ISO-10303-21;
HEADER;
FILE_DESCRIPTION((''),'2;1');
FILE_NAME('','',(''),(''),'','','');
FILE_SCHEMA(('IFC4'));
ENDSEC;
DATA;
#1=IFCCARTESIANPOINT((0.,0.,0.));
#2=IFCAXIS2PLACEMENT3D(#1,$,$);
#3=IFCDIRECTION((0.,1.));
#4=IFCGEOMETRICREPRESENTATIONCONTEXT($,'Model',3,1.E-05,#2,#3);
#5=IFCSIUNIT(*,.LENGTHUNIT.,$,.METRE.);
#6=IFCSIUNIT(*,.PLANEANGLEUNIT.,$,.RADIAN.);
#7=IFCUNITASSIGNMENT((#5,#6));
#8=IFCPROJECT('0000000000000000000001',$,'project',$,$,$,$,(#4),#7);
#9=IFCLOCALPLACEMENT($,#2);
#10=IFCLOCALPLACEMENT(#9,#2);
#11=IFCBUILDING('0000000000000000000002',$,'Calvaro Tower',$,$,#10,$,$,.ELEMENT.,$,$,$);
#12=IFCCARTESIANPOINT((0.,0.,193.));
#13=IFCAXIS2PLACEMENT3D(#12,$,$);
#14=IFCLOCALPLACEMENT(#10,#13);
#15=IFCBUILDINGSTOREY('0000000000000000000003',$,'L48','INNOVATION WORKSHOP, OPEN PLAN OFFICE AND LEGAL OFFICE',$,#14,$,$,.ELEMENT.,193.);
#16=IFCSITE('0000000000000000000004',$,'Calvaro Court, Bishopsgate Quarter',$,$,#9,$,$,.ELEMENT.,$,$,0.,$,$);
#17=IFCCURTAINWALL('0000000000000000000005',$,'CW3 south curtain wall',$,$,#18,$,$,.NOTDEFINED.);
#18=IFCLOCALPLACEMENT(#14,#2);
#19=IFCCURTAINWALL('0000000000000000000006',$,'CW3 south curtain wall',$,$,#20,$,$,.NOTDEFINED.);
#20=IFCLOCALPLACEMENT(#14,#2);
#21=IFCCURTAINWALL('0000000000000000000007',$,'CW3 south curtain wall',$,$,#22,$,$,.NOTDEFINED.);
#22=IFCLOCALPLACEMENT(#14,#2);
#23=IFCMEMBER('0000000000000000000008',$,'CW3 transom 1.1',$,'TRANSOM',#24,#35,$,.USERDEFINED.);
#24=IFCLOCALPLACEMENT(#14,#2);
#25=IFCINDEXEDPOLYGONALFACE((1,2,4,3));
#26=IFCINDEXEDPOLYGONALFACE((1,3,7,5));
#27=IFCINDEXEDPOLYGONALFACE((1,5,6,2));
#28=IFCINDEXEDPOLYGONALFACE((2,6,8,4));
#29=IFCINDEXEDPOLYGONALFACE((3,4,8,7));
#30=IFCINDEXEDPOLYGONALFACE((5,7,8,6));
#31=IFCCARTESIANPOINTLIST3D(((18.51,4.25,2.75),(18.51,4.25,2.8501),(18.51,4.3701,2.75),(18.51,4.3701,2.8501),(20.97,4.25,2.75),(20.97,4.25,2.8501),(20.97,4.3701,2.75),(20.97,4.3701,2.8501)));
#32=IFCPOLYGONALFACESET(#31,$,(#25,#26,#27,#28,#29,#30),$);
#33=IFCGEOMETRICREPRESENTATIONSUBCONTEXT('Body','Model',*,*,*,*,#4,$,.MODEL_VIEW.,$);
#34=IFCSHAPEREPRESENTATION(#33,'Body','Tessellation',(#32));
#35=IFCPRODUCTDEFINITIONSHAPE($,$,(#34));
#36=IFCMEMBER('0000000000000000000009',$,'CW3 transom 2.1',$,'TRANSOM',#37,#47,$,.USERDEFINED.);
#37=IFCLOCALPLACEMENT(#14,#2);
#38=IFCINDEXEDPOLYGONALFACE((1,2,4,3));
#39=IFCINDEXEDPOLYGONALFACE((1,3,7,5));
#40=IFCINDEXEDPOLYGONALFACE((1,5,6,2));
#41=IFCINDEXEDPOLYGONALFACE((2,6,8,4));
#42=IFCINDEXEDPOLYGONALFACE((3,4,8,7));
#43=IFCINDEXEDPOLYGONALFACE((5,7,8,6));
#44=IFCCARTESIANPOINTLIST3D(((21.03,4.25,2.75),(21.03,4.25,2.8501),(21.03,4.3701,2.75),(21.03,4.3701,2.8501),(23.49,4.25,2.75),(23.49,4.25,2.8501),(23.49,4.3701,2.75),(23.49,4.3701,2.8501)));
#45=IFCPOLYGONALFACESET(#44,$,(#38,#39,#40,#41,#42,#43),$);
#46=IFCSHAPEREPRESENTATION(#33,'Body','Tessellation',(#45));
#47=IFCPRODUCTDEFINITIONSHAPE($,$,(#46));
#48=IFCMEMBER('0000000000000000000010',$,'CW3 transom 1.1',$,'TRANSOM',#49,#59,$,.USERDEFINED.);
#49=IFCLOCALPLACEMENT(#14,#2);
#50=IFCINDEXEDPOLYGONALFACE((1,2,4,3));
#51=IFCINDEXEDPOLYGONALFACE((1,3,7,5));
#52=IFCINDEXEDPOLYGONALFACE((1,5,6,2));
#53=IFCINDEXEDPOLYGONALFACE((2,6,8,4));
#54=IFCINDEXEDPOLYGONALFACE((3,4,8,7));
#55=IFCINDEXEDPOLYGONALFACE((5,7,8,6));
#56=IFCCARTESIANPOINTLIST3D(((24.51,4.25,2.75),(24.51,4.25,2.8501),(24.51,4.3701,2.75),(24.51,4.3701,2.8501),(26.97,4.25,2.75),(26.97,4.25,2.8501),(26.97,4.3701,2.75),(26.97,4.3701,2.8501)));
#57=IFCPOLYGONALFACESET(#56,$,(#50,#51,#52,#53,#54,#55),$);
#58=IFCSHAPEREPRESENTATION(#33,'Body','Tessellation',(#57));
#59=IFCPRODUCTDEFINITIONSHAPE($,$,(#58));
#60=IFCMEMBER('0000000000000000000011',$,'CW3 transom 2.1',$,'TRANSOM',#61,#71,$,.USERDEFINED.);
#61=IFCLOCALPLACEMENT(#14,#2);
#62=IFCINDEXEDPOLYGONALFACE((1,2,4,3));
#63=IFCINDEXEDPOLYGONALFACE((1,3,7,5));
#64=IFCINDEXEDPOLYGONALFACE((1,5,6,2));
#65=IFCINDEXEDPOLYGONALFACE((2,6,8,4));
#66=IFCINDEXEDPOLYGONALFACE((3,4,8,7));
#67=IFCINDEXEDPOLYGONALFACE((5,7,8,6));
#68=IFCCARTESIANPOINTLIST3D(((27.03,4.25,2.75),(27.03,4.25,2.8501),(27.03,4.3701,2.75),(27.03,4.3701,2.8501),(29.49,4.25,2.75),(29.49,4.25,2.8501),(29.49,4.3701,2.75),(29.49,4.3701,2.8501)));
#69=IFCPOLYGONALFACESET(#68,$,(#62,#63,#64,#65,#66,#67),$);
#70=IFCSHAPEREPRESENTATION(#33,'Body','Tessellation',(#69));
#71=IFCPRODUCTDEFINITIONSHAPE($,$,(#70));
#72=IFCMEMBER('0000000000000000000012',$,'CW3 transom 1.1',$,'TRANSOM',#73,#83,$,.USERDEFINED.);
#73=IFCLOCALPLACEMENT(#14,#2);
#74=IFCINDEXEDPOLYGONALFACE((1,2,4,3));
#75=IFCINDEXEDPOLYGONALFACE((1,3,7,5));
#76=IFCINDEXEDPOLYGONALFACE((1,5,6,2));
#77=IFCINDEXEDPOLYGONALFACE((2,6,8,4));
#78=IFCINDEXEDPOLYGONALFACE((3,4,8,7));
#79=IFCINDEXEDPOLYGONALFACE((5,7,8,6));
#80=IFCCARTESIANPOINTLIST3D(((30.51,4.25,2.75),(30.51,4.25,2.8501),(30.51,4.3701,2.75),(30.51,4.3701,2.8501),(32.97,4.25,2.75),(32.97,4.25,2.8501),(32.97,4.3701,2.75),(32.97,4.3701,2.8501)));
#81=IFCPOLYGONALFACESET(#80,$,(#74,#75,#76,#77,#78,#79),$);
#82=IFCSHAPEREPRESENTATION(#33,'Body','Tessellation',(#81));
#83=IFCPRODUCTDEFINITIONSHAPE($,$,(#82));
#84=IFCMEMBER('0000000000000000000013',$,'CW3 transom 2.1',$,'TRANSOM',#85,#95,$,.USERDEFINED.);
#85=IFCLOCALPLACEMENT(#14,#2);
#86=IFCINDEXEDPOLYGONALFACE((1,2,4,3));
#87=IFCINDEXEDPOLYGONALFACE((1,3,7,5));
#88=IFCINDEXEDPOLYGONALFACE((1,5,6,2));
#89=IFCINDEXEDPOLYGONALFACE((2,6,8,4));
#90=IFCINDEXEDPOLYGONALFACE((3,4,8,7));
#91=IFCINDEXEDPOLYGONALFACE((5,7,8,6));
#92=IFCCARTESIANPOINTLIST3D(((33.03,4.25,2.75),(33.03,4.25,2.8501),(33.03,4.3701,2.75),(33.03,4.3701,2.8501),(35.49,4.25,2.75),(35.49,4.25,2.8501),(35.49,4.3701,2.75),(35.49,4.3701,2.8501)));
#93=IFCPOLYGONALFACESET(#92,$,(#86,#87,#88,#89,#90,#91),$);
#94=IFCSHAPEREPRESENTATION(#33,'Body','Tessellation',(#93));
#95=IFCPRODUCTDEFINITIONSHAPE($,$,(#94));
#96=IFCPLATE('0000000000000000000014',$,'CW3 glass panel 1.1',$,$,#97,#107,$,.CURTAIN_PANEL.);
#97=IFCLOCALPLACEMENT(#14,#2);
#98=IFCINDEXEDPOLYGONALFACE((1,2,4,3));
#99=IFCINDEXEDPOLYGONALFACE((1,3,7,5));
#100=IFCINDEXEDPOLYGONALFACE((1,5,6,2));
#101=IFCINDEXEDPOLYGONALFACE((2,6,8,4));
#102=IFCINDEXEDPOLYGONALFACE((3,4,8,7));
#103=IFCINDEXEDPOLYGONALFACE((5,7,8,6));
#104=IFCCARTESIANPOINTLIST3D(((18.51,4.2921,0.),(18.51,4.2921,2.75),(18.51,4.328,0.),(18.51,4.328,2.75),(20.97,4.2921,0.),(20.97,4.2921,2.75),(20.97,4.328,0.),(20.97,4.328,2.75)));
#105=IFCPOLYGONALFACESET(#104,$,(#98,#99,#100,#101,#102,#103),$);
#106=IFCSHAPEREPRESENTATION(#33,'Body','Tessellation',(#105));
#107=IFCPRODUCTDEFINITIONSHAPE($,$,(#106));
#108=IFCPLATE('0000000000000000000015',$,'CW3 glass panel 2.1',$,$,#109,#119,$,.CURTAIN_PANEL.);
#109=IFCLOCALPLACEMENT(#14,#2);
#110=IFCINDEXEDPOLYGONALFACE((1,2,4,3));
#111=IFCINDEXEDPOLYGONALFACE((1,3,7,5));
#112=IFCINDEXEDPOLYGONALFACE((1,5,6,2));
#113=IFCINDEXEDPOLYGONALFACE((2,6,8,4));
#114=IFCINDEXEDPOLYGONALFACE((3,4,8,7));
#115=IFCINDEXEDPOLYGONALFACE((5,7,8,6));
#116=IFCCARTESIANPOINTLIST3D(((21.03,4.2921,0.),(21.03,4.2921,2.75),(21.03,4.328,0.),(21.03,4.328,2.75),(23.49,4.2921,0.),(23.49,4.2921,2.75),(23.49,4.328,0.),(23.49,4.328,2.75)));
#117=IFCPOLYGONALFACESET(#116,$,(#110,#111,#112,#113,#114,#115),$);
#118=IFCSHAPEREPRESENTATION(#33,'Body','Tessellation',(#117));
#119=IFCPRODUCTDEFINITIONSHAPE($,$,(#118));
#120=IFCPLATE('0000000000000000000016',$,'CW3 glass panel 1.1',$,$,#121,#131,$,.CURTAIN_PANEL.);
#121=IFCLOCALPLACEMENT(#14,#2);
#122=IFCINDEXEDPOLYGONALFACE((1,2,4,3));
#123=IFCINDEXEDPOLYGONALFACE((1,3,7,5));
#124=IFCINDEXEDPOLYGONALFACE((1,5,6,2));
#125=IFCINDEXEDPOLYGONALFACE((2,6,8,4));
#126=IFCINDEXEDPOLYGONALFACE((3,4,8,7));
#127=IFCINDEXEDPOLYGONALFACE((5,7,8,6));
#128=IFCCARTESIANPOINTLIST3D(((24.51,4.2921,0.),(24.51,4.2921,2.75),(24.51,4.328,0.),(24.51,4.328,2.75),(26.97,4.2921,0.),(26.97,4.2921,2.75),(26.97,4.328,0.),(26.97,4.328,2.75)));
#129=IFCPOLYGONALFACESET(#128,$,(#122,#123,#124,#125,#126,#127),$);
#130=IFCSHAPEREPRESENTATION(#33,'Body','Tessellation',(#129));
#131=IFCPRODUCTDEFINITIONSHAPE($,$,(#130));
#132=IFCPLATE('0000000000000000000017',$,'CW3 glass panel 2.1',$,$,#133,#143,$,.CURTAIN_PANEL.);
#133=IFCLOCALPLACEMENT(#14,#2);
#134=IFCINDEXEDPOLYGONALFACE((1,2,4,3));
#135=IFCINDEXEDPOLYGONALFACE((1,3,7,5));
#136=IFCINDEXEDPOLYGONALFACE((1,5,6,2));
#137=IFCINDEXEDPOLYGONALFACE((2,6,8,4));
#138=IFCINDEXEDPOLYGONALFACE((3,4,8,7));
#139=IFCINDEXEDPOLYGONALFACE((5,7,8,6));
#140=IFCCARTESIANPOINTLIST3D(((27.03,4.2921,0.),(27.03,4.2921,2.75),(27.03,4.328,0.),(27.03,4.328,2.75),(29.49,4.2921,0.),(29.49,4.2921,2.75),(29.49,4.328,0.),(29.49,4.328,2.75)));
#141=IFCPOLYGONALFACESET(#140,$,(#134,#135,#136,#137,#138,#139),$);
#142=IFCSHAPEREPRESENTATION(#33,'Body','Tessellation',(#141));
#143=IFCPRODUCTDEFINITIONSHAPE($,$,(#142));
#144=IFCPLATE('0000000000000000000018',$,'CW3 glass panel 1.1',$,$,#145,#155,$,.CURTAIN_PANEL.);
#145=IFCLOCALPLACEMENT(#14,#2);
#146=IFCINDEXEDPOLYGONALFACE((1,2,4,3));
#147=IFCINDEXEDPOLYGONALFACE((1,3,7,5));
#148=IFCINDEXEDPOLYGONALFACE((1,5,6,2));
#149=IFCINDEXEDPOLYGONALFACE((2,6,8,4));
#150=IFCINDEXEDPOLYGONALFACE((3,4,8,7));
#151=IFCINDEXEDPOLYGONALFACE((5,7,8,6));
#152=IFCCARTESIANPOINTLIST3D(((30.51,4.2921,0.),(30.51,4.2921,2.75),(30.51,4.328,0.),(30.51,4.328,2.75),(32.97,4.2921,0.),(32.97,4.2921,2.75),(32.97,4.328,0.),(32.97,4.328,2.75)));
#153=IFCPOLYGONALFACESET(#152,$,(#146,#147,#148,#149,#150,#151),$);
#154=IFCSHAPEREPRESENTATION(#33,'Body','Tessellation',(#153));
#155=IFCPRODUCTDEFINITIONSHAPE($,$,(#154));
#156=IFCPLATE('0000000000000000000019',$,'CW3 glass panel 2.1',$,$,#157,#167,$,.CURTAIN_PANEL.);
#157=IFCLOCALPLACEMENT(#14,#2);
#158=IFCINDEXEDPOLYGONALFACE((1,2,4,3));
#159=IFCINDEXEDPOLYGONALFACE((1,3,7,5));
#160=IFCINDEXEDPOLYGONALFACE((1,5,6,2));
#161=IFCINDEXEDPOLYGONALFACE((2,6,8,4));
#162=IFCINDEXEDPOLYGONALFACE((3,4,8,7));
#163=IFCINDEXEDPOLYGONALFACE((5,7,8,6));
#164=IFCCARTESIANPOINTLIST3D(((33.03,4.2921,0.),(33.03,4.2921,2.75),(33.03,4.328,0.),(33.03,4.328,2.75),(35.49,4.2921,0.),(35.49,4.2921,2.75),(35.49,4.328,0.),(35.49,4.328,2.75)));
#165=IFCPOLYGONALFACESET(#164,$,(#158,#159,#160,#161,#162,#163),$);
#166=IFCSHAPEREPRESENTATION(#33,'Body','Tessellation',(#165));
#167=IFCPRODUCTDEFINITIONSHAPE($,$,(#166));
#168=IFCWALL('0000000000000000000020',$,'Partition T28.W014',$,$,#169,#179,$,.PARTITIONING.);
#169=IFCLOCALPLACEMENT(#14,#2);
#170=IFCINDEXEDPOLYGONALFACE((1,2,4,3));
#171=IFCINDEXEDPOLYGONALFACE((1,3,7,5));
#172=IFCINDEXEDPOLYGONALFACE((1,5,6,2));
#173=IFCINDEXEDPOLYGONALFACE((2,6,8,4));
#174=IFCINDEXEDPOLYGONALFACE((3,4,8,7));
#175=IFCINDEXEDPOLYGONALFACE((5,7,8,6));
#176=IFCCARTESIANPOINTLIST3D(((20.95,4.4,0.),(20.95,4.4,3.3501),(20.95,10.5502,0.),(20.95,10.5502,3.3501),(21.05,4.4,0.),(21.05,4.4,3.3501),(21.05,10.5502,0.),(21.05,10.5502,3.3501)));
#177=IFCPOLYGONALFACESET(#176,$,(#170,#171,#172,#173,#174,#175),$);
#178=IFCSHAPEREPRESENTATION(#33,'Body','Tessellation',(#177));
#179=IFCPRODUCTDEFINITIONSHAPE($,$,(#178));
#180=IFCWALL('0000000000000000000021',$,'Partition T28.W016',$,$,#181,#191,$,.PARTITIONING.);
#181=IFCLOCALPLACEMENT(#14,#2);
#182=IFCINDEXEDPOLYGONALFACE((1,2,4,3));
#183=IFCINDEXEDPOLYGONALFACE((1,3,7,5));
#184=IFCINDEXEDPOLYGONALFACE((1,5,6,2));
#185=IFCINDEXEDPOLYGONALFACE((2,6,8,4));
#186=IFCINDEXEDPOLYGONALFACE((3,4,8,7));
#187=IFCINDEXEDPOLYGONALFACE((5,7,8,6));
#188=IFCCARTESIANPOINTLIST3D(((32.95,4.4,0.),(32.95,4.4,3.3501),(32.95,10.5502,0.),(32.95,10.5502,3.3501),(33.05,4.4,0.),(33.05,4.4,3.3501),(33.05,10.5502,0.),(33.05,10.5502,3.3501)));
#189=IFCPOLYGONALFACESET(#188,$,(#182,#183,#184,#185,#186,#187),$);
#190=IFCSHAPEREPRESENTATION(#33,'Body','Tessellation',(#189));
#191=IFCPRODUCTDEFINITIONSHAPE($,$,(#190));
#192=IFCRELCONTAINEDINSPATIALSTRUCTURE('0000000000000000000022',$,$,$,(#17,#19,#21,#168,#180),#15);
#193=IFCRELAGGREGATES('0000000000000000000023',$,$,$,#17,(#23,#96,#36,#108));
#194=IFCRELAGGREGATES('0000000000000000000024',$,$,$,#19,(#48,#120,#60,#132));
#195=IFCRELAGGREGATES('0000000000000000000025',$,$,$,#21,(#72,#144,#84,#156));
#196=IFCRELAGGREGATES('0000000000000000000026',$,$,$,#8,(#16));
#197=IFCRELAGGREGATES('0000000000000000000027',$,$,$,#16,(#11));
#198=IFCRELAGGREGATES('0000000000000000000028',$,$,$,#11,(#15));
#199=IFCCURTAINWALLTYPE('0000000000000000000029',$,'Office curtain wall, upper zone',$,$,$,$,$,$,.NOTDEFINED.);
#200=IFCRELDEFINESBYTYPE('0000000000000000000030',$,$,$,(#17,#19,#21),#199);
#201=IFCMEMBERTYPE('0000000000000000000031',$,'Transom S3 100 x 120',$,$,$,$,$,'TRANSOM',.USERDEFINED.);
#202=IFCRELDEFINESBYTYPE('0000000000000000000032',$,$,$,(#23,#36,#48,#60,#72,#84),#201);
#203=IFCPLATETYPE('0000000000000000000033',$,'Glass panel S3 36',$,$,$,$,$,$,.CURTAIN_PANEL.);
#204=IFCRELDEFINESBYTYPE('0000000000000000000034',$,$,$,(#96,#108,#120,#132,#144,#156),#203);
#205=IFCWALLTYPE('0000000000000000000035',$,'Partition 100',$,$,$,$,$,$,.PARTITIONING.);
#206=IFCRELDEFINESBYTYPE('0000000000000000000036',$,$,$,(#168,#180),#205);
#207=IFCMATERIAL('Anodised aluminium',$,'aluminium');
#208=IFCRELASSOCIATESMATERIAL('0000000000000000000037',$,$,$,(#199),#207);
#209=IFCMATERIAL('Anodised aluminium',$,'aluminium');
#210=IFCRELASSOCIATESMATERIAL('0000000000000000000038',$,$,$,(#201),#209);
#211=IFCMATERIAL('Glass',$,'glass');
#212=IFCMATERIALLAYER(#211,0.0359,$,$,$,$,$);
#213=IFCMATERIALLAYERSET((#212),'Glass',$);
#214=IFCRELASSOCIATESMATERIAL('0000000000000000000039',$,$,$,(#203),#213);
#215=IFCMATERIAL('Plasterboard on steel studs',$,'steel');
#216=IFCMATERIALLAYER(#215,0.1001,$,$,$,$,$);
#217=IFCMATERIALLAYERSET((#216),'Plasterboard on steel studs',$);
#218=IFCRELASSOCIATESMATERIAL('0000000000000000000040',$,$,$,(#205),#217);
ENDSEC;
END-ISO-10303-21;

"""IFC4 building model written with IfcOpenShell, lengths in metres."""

from ifc_helpers import new_model, si_unit, direction, frame, frame_2d, origin, origin_2d, place, context, subcontext, project, spatial, rectangle, extrude, material, layer, layer_set, material_profile, profile_set, type_object, element, aggregate, save


model = new_model("IFC4")

# Units and contexts
model_context = context("Model", 3, precision=1e-05, world=origin(), true_north=direction((0.0, 1.0)))
body_context = subcontext(model_context, "Body", "Model", "MODEL_VIEW")
ifc_project = project(units=[si_unit("LENGTHUNIT", "METRE"), si_unit("PLANEANGLEUNIT", "RADIAN")], contexts=[model_context])

# Site, building, storey
site_placement = place(None, origin())
site = spatial("IfcSite", under=ifc_project, at=site_placement, Name="Calvaro Court, Bishopsgate Quarter", CompositionType="ELEMENT", RefElevation=0.0)
building_placement = place(site_placement, origin())
building = spatial("IfcBuilding", under=site, at=building_placement, Name="Calvaro Tower", CompositionType="ELEMENT")
storey_placement = place(building_placement, frame((0.0, 0.0, 193.0)))
storey = spatial("IfcBuildingStorey", under=building, at=storey_placement, Name="L48", Description="INNOVATION WORKSHOP, OPEN PLAN OFFICE AND LEGAL OFFICE", CompositionType="ELEMENT", Elevation=193.0)

# Shared definitions
ifc_material_1 = material(Name="Anodised aluminium", Category="aluminium")
curtain_wall_type = type_object("IfcCurtainWallType", Name="Office curtain wall, upper zone", PredefinedType="NOTDEFINED", material=ifc_material_1)

# Curtain walls
curtain_wall_1_placement = place(storey_placement, origin())
curtain_wall_1 = element("IfcCurtainWall", 1, at=curtain_wall_1_placement, inside=storey, type_object=curtain_wall_type, Name="CW3 south curtain wall", PredefinedType="NOTDEFINED")
curtain_wall_2_placement = place(storey_placement, origin())
curtain_wall_2 = element("IfcCurtainWall", 2, at=curtain_wall_2_placement, inside=storey, type_object=curtain_wall_type, Name="CW3 south curtain wall", PredefinedType="NOTDEFINED")
curtain_wall_3_placement = place(storey_placement, origin())
curtain_wall_3 = element("IfcCurtainWall", 3, at=curtain_wall_3_placement, inside=storey, type_object=curtain_wall_type, Name="CW3 south curtain wall", PredefinedType="NOTDEFINED")

# Members
ifc_material_2 = material(Name="Anodised aluminium", Category="aluminium")
ifc_material_profile_1 = material_profile(ifc_material_2, rectangle(XDim=0.1201, YDim=0.1001, at=origin_2d()), Name="Transom S3 100 x 120")
ifc_profile_set_1 = profile_set([ifc_material_profile_1], Name="Anodised aluminium")
member_type_1 = type_object("IfcMemberType", Name="Transom S3 100 x 120", ElementType="TRANSOM", PredefinedType="USERDEFINED", material=ifc_profile_set_1)
member_1_placement = place(storey_placement, frame((18.51, 4.3101, 2.8), z_axis=(1.0, 0.0, 0.0), x_axis=(0.0, 1.0, 0.0)))
member_1 = element("IfcMember", 4, at=member_1_placement, type_object=member_type_1, Name="CW3 transom 1.1", ObjectType="TRANSOM", PredefinedType="USERDEFINED", context=body_context, shape_type="SweptSolid", body=[
    extrude(rectangle(XDim=0.1201, YDim=0.1001, at=origin_2d()), origin(), (0.0, 0.0, 1.0), 2.46),
])
member_2_placement = place(storey_placement, frame((21.03, 4.3101, 2.8), z_axis=(1.0, 0.0, 0.0), x_axis=(0.0, 1.0, 0.0)))
member_2 = element("IfcMember", 5, at=member_2_placement, type_object=member_type_1, Name="CW3 transom 2.1", ObjectType="TRANSOM", PredefinedType="USERDEFINED", context=body_context, shape_type="SweptSolid", body=[
    extrude(rectangle(XDim=0.1201, YDim=0.1001, at=origin_2d()), origin(), (0.0, 0.0, 1.0), 2.46),
])
member_3_placement = place(storey_placement, frame((24.51, 4.3101, 2.8), z_axis=(1.0, 0.0, 0.0), x_axis=(0.0, 1.0, 0.0)))
member_3 = element("IfcMember", 6, at=member_3_placement, type_object=member_type_1, Name="CW3 transom 1.1", ObjectType="TRANSOM", PredefinedType="USERDEFINED", context=body_context, shape_type="SweptSolid", body=[
    extrude(rectangle(XDim=0.1201, YDim=0.1001, at=origin_2d()), origin(), (0.0, 0.0, 1.0), 2.46),
])
member_4_placement = place(storey_placement, frame((27.03, 4.3101, 2.8), z_axis=(1.0, 0.0, 0.0), x_axis=(0.0, 1.0, 0.0)))
member_4 = element("IfcMember", 7, at=member_4_placement, type_object=member_type_1, Name="CW3 transom 2.1", ObjectType="TRANSOM", PredefinedType="USERDEFINED", context=body_context, shape_type="SweptSolid", body=[
    extrude(rectangle(XDim=0.1201, YDim=0.1001, at=origin_2d()), origin(), (0.0, 0.0, 1.0), 2.46),
])
member_5_placement = place(storey_placement, frame((30.51, 4.3101, 2.8), z_axis=(1.0, 0.0, 0.0), x_axis=(0.0, 1.0, 0.0)))
member_5 = element("IfcMember", 8, at=member_5_placement, type_object=member_type_1, Name="CW3 transom 1.1", ObjectType="TRANSOM", PredefinedType="USERDEFINED", context=body_context, shape_type="SweptSolid", body=[
    extrude(rectangle(XDim=0.1201, YDim=0.1001, at=origin_2d()), origin(), (0.0, 0.0, 1.0), 2.46),
])
member_6_placement = place(storey_placement, frame((33.03, 4.3101, 2.8), z_axis=(1.0, 0.0, 0.0), x_axis=(0.0, 1.0, 0.0)))
member_6 = element("IfcMember", 9, at=member_6_placement, type_object=member_type_1, Name="CW3 transom 2.1", ObjectType="TRANSOM", PredefinedType="USERDEFINED", context=body_context, shape_type="SweptSolid", body=[
    extrude(rectangle(XDim=0.1201, YDim=0.1001, at=origin_2d()), origin(), (0.0, 0.0, 1.0), 2.46),
])

# Plates
ifc_material_3 = material(Name="Glass", Category="glass")
ifc_layer_1 = layer(ifc_material_3, 0.0359)
ifc_layer_set_1 = layer_set([ifc_layer_1], Name="Glass")
plate_type = type_object("IfcPlateType", Name="Glass panel S3 36", PredefinedType="CURTAIN_PANEL", material=ifc_layer_set_1)
plate_1_placement = place(storey_placement, frame((19.74, 4.3101, 0.0), z_axis=(0.0, 0.0, 1.0), x_axis=(1.0, 0.0, 0.0)))
plate_1 = element("IfcPlate", 10, at=plate_1_placement, type_object=plate_type, Name="CW3 glass panel 1.1", PredefinedType="CURTAIN_PANEL", context=body_context, shape_type="SweptSolid", body=[
    extrude(rectangle(XDim=2.46, YDim=0.0359, at=origin_2d()), origin(), (0.0, 0.0, 1.0), 2.75),
])
plate_2_placement = place(storey_placement, frame((22.26, 4.3101, 0.0), z_axis=(0.0, 0.0, 1.0), x_axis=(1.0, 0.0, 0.0)))
plate_2 = element("IfcPlate", 11, at=plate_2_placement, type_object=plate_type, Name="CW3 glass panel 2.1", PredefinedType="CURTAIN_PANEL", context=body_context, shape_type="SweptSolid", body=[
    extrude(rectangle(XDim=2.46, YDim=0.0359, at=origin_2d()), origin(), (0.0, 0.0, 1.0), 2.75),
])
aggregate(curtain_wall_1, [member_1, plate_1, member_2, plate_2])
plate_3_placement = place(storey_placement, frame((25.74, 4.3101, 0.0), z_axis=(0.0, 0.0, 1.0), x_axis=(1.0, 0.0, 0.0)))
plate_3 = element("IfcPlate", 12, at=plate_3_placement, type_object=plate_type, Name="CW3 glass panel 1.1", PredefinedType="CURTAIN_PANEL", context=body_context, shape_type="SweptSolid", body=[
    extrude(rectangle(XDim=2.46, YDim=0.0359, at=origin_2d()), origin(), (0.0, 0.0, 1.0), 2.75),
])
plate_4_placement = place(storey_placement, frame((28.26, 4.3101, 0.0), z_axis=(0.0, 0.0, 1.0), x_axis=(1.0, 0.0, 0.0)))
plate_4 = element("IfcPlate", 13, at=plate_4_placement, type_object=plate_type, Name="CW3 glass panel 2.1", PredefinedType="CURTAIN_PANEL", context=body_context, shape_type="SweptSolid", body=[
    extrude(rectangle(XDim=2.46, YDim=0.0359, at=origin_2d()), origin(), (0.0, 0.0, 1.0), 2.75),
])
aggregate(curtain_wall_2, [member_3, plate_3, member_4, plate_4])
plate_5_placement = place(storey_placement, frame((31.74, 4.3101, 0.0), z_axis=(0.0, 0.0, 1.0), x_axis=(1.0, 0.0, 0.0)))
plate_5 = element("IfcPlate", 14, at=plate_5_placement, type_object=plate_type, Name="CW3 glass panel 1.1", PredefinedType="CURTAIN_PANEL", context=body_context, shape_type="SweptSolid", body=[
    extrude(rectangle(XDim=2.46, YDim=0.0359, at=origin_2d()), origin(), (0.0, 0.0, 1.0), 2.75),
])
plate_6_placement = place(storey_placement, frame((34.26, 4.3101, 0.0), z_axis=(0.0, 0.0, 1.0), x_axis=(1.0, 0.0, 0.0)))
plate_6 = element("IfcPlate", 15, at=plate_6_placement, type_object=plate_type, Name="CW3 glass panel 2.1", PredefinedType="CURTAIN_PANEL", context=body_context, shape_type="SweptSolid", body=[
    extrude(rectangle(XDim=2.46, YDim=0.0359, at=origin_2d()), origin(), (0.0, 0.0, 1.0), 2.75),
])
aggregate(curtain_wall_3, [member_5, plate_5, member_6, plate_6])

# Walls
ifc_material_4 = material(Name="Plasterboard on steel studs", Category="steel")
ifc_layer_2 = layer(ifc_material_4, 0.1001)
ifc_layer_set_2 = layer_set([ifc_layer_2], Name="Plasterboard on steel studs")
wall_type = type_object("IfcWallType", Name="Partition 100", PredefinedType="PARTITIONING", material=ifc_layer_set_2)
for number, where, z_axis, x_axis, name in (
    (16, (21.0, 4.3999, 0.0), (0.0, 0.0, 1.0), (0.0, 1.0, 0.0), "Partition T28.W014"),
    (17, (33.0, 4.3999, 0.0), (0.0, 0.0, 1.0), (0.0, 1.0, 0.0), "Partition T28.W016"),
):
    element("IfcWall", number, at=place(storey_placement, frame(where, z_axis=z_axis, x_axis=x_axis)), inside=storey, type_object=wall_type, Name=name, PredefinedType="PARTITIONING", context=body_context, shape_type="SweptSolid", body=[
        extrude(rectangle(XDim=6.1501, YDim=0.1001, at=frame_2d((3.0752, 0.0))), origin(), (0.0, 0.0, 1.0), 3.3501),
    ])

save(model, "model.ifc")
